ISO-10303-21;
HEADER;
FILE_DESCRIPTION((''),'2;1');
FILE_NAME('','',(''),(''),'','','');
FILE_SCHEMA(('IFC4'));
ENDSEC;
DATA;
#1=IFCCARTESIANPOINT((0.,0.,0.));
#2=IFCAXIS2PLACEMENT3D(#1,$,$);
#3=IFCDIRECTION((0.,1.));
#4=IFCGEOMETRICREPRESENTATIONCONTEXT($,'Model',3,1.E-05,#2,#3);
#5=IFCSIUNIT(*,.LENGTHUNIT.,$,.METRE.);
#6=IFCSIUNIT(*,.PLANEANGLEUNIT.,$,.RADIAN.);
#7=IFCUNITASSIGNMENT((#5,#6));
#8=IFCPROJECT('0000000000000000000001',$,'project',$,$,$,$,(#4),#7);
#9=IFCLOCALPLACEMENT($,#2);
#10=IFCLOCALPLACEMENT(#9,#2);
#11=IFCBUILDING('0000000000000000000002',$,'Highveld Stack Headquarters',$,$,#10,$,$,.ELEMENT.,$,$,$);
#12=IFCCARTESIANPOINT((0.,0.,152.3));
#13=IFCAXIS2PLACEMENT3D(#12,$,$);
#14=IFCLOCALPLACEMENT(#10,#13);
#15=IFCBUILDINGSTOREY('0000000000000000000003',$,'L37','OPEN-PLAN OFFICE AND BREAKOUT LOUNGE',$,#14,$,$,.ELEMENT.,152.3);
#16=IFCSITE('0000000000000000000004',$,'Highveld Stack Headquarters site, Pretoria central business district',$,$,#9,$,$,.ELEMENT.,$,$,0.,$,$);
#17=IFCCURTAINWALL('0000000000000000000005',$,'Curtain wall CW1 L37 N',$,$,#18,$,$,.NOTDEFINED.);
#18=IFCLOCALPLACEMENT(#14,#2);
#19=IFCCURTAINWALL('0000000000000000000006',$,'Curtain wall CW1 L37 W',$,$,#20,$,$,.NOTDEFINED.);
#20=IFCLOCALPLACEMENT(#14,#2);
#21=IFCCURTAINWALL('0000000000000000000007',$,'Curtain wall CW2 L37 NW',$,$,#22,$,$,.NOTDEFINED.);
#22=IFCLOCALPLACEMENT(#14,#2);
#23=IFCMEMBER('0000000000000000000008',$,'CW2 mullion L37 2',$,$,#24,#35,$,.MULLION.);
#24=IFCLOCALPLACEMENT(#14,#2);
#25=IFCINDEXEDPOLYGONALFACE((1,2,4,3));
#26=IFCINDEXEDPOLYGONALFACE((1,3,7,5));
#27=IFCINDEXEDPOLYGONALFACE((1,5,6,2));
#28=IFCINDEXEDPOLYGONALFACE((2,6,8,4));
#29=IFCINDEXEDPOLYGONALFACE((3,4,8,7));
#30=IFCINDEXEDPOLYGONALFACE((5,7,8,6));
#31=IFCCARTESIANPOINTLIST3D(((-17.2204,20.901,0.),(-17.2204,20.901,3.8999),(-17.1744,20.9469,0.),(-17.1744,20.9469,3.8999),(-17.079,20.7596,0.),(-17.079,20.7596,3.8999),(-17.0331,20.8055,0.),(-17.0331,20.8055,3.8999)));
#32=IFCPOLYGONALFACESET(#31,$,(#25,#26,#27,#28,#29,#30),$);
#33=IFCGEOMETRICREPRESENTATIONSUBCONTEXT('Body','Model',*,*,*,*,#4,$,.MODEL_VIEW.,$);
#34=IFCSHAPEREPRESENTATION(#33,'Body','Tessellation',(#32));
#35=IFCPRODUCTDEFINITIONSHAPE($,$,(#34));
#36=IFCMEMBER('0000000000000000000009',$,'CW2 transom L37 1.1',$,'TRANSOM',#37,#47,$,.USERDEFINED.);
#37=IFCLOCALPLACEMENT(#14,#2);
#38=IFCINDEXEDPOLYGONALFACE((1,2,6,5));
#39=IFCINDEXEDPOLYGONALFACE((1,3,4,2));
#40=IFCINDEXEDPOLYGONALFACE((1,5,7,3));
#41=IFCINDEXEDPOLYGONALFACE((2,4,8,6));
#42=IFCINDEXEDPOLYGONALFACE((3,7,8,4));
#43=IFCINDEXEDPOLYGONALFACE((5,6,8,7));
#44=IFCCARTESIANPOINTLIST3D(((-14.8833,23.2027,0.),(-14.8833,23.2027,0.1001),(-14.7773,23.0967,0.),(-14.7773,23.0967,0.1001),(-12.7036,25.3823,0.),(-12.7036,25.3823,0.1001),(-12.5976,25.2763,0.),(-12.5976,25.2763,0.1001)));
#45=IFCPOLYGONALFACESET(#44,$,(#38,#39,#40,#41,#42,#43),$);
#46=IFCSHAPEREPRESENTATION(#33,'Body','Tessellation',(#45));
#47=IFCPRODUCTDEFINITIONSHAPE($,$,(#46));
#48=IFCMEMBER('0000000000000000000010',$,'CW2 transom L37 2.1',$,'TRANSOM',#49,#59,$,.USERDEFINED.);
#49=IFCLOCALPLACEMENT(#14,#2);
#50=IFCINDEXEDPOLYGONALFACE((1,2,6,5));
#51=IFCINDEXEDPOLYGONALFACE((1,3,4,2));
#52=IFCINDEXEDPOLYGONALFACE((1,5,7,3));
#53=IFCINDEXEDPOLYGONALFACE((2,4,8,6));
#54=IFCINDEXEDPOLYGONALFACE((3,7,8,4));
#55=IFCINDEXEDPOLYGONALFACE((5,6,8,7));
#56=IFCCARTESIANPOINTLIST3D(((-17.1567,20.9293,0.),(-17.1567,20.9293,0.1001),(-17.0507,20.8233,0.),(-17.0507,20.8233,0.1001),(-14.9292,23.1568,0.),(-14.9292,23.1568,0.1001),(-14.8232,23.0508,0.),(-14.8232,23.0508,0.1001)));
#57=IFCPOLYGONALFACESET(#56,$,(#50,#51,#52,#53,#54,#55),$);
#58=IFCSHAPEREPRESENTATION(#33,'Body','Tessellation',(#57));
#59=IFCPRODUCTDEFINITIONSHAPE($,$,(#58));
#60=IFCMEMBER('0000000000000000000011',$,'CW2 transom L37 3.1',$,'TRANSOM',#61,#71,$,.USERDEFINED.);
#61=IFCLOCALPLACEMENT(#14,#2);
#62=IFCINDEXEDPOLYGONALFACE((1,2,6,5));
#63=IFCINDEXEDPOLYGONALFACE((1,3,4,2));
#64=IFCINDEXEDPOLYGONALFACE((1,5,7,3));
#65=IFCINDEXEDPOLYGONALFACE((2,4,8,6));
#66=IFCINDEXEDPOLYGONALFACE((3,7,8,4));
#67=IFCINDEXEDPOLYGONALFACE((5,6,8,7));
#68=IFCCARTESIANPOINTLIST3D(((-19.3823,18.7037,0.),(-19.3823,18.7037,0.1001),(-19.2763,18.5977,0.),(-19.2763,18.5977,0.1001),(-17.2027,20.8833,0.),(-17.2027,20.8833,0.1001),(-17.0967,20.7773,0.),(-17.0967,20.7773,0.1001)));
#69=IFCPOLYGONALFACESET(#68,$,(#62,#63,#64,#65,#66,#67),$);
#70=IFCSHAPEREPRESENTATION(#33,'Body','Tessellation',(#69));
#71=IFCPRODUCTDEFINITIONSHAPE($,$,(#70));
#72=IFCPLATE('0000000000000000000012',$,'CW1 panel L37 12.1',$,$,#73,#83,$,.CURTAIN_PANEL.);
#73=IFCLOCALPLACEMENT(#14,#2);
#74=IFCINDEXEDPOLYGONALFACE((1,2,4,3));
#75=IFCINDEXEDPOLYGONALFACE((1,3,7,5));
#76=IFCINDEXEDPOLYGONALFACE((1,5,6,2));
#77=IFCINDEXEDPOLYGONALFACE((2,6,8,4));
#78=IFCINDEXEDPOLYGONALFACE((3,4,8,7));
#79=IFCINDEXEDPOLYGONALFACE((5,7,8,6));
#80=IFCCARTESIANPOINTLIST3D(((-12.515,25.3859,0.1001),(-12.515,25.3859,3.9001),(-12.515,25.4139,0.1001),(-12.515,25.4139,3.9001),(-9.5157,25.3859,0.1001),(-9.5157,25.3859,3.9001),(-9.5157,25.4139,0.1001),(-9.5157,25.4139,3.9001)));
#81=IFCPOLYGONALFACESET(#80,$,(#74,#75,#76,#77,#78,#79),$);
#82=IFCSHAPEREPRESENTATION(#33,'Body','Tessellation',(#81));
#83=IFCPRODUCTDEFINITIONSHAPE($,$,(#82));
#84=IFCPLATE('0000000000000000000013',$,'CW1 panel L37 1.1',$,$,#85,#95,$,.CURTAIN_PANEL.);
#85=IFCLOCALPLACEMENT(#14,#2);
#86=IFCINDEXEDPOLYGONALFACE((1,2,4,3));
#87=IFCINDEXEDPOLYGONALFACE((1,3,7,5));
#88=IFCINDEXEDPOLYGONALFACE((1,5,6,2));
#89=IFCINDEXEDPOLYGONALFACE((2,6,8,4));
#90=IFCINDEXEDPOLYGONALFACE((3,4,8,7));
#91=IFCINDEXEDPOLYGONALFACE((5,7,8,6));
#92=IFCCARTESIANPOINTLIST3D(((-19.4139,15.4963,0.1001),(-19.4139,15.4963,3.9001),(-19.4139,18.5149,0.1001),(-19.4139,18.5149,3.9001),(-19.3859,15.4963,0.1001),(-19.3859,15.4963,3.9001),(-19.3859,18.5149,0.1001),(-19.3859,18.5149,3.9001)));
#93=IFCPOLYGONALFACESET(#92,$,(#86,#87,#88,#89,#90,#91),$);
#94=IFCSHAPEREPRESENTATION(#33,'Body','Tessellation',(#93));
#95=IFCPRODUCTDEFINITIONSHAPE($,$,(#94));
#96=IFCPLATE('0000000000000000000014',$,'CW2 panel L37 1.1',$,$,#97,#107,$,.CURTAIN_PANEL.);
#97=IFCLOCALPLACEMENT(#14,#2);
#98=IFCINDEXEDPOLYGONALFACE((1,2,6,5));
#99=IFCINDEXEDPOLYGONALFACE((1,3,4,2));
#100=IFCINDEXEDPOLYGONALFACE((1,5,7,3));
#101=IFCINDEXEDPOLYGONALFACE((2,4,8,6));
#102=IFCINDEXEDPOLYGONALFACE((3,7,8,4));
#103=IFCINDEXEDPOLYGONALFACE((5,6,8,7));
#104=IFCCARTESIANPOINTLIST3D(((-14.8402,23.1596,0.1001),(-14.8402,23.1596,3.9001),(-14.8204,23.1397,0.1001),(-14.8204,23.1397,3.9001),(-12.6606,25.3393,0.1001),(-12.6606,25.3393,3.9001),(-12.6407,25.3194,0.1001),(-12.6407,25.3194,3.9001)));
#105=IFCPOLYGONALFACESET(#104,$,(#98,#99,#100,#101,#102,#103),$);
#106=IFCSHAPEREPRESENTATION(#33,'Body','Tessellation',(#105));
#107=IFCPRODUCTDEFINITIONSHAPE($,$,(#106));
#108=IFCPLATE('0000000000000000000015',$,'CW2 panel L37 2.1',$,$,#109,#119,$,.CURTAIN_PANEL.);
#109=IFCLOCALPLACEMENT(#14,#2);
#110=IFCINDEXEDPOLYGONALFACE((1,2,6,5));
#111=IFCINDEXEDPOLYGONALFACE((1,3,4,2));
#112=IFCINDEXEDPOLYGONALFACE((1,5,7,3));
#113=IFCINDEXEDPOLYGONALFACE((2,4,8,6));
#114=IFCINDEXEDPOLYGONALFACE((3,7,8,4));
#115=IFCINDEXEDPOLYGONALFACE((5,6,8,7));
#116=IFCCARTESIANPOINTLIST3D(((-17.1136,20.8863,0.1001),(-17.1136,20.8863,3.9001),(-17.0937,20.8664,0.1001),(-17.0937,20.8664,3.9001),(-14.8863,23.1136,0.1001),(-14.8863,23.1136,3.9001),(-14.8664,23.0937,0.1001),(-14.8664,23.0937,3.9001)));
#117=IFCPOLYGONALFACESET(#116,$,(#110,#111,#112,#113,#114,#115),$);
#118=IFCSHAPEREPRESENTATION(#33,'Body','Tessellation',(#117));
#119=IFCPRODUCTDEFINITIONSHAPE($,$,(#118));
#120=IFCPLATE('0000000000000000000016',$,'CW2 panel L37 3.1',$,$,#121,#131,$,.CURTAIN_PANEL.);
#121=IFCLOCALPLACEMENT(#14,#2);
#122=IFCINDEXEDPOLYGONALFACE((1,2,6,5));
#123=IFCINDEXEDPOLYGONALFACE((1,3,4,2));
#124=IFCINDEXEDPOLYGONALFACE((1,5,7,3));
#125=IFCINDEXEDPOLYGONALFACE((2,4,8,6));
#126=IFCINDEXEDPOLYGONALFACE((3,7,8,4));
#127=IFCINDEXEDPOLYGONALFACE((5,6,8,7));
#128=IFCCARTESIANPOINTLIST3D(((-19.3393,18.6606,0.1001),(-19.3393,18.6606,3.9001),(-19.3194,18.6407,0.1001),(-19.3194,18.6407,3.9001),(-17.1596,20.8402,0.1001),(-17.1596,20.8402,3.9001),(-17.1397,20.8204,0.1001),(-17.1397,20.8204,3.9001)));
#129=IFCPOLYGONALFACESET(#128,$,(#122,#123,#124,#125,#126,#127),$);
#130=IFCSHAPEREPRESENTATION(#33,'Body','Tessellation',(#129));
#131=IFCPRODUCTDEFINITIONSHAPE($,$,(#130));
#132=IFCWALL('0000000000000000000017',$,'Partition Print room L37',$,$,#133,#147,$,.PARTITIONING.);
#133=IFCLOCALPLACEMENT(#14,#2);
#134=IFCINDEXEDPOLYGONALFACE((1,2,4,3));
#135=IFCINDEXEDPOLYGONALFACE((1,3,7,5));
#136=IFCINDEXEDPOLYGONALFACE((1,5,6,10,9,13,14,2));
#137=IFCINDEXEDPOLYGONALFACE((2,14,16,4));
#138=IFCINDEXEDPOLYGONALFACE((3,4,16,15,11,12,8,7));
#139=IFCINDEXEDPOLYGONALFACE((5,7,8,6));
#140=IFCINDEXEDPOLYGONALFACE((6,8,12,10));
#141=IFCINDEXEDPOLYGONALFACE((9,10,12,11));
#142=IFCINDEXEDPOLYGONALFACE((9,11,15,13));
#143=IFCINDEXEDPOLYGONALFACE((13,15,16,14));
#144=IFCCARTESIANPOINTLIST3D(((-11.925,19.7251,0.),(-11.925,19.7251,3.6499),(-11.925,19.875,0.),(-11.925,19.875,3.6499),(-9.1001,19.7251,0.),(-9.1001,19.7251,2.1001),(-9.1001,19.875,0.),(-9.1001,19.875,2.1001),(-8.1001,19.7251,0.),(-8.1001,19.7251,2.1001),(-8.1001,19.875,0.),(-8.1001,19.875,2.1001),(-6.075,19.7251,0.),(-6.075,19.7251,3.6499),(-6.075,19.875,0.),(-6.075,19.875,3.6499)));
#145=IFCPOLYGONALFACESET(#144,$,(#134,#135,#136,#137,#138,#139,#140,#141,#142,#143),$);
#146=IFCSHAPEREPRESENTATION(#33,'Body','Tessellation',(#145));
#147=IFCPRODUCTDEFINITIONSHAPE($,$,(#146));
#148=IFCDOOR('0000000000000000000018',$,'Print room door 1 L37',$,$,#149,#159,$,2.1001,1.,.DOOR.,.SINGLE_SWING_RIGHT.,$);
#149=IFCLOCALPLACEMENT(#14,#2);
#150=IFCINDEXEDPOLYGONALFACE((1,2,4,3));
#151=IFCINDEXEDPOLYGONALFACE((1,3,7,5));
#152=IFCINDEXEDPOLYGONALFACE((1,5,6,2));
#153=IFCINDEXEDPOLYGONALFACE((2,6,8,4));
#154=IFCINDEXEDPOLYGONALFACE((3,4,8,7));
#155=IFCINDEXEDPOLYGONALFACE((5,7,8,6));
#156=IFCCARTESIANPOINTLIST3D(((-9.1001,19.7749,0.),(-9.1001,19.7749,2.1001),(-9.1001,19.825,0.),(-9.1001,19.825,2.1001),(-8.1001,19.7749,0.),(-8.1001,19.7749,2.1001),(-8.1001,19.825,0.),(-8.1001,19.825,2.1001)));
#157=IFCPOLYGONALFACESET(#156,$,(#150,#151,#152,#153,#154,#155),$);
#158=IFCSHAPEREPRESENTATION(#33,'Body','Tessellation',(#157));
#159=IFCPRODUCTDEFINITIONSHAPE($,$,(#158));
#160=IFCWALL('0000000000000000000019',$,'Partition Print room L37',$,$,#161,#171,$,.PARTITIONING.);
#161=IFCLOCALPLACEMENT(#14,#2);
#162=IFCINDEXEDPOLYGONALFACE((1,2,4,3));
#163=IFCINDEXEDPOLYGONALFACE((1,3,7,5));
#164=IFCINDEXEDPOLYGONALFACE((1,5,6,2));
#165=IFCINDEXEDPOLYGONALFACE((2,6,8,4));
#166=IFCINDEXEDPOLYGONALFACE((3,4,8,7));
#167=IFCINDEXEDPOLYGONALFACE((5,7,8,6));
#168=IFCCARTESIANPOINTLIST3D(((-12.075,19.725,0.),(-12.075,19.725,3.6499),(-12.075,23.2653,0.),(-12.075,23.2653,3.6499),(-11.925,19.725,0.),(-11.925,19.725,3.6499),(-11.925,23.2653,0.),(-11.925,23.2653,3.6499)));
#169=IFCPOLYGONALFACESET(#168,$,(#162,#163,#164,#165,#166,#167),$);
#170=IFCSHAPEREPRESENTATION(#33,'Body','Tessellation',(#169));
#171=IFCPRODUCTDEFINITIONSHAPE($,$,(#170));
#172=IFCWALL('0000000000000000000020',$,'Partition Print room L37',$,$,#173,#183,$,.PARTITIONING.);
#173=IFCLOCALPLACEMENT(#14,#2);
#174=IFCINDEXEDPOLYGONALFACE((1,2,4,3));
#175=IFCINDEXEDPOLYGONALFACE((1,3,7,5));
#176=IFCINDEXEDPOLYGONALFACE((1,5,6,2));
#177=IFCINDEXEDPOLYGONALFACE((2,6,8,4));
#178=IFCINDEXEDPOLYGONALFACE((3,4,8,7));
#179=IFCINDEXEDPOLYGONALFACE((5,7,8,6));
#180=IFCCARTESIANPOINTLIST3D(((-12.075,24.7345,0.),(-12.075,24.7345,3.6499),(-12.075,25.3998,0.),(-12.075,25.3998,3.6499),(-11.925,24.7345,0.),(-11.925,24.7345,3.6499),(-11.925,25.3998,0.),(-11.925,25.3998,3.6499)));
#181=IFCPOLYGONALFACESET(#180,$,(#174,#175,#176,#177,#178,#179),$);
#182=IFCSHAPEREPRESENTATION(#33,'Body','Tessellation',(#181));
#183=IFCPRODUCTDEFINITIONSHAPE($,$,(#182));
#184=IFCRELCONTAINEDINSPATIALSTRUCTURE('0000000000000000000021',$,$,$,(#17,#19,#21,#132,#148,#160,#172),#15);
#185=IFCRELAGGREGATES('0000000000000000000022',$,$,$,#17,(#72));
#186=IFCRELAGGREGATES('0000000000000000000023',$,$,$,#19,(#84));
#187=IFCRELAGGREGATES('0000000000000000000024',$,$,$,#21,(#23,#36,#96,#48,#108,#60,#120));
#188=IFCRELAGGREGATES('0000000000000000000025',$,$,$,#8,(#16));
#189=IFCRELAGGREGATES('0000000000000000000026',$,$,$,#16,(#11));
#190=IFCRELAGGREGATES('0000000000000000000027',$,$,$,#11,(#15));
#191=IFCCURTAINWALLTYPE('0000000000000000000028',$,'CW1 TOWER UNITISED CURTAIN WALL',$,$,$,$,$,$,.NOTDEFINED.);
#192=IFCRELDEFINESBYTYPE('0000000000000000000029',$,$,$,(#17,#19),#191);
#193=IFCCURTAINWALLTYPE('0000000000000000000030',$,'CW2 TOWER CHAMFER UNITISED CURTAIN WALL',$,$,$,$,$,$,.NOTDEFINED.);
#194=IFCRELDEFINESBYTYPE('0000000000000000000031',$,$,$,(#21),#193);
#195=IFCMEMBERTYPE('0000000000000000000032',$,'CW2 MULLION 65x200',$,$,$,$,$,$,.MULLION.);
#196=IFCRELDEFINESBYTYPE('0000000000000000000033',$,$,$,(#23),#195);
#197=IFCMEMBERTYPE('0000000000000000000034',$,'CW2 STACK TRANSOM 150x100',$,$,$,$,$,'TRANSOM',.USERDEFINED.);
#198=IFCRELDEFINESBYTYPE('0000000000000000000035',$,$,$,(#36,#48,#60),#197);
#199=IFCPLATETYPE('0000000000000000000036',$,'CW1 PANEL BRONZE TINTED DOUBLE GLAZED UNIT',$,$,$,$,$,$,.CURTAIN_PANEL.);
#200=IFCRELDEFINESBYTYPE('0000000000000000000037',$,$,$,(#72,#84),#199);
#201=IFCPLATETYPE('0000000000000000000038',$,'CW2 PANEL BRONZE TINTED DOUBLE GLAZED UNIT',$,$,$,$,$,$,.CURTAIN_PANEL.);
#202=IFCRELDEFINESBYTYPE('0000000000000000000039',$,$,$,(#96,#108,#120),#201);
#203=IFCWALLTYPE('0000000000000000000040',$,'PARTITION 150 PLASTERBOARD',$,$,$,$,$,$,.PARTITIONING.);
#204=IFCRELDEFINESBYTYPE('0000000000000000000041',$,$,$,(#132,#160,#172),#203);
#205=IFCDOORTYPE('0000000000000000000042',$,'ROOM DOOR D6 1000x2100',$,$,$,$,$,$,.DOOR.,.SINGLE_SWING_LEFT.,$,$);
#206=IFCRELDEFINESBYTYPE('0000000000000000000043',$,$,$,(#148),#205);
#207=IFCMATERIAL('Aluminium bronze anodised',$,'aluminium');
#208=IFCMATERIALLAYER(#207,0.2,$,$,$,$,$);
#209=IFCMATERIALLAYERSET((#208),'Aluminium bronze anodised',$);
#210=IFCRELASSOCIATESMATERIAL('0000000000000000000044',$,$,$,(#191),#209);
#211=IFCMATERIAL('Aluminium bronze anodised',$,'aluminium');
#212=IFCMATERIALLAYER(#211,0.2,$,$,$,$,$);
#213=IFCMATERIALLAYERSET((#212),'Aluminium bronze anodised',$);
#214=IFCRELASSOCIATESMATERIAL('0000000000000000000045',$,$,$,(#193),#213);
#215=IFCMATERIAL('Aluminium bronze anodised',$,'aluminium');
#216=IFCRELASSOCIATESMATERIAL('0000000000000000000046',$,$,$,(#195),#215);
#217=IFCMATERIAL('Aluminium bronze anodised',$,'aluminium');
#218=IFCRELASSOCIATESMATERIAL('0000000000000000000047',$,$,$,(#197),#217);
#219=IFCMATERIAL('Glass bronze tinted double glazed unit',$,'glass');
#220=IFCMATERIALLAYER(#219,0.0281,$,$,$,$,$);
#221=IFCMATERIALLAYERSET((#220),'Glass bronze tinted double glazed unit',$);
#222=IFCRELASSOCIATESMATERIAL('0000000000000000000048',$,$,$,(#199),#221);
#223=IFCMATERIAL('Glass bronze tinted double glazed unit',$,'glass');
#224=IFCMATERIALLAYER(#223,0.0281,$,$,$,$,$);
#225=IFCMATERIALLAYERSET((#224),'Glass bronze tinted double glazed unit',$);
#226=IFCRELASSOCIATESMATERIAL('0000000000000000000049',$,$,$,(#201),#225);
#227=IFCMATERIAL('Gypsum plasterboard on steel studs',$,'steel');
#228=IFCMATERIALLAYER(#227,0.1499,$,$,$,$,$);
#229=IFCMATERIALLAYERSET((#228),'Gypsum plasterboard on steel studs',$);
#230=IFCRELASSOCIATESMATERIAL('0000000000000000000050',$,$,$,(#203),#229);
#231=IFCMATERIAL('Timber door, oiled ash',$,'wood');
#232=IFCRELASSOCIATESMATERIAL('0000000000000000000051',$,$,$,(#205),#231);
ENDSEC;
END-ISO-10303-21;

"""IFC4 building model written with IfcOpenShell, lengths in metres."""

from ifc_helpers import new_model, si_unit, direction, frame, frame_2d, origin, origin_2d, place, context, subcontext, project, spatial, rectangle, extrude, material, layer, layer_set, material_profile, profile_set, type_object, element, fill, aggregate, save


model = new_model("IFC4")

# Units and contexts
model_context = context("Model", 3, precision=1e-05, world=origin(), true_north=direction((0.0, 1.0)))
body_context = subcontext(model_context, "Body", "Model", "MODEL_VIEW")
ifc_project = project(units=[si_unit("LENGTHUNIT", "METRE"), si_unit("PLANEANGLEUNIT", "RADIAN")], contexts=[model_context])

# Site, building, storey
site_placement = place(None, origin())
site = spatial("IfcSite", under=ifc_project, at=site_placement, Name="Highveld Stack Headquarters site, Pretoria central business district", CompositionType="ELEMENT", RefElevation=0.0)
building_placement = place(site_placement, origin())
building = spatial("IfcBuilding", under=site, at=building_placement, Name="Highveld Stack Headquarters", CompositionType="ELEMENT")
storey_placement = place(building_placement, frame((0.0, 0.0, 152.3)))
storey = spatial("IfcBuildingStorey", under=building, at=storey_placement, Name="L37", Description="OPEN-PLAN OFFICE AND BREAKOUT LOUNGE", CompositionType="ELEMENT", Elevation=152.3)

# Curtain walls
ifc_material_1 = material(Name="Aluminium bronze anodised", Category="aluminium")
ifc_layer_1 = layer(ifc_material_1, 0.2)
ifc_layer_set_1 = layer_set([ifc_layer_1], Name="Aluminium bronze anodised")
curtain_wall_type_1 = type_object("IfcCurtainWallType", Name="CW1 TOWER UNITISED CURTAIN WALL", PredefinedType="NOTDEFINED", material=ifc_layer_set_1)
curtain_wall_1_placement = place(storey_placement, origin())
curtain_wall_1 = element("IfcCurtainWall", 1, at=curtain_wall_1_placement, inside=storey, type_object=curtain_wall_type_1, Name="Curtain wall CW1 L37 N", PredefinedType="NOTDEFINED")
curtain_wall_2_placement = place(storey_placement, origin())
curtain_wall_2 = element("IfcCurtainWall", 2, at=curtain_wall_2_placement, inside=storey, type_object=curtain_wall_type_1, Name="Curtain wall CW1 L37 W", PredefinedType="NOTDEFINED")

# Curtain wall, members
ifc_material_2 = material(Name="Aluminium bronze anodised", Category="aluminium")
ifc_layer_2 = layer(ifc_material_2, 0.2)
ifc_layer_set_2 = layer_set([ifc_layer_2], Name="Aluminium bronze anodised")
curtain_wall_type_2 = type_object("IfcCurtainWallType", Name="CW2 TOWER CHAMFER UNITISED CURTAIN WALL", PredefinedType="NOTDEFINED", material=ifc_layer_set_2)
curtain_wall_3_placement = place(storey_placement, origin())
curtain_wall_3 = element("IfcCurtainWall", 3, at=curtain_wall_3_placement, inside=storey, type_object=curtain_wall_type_2, Name="Curtain wall CW2 L37 NW", PredefinedType="NOTDEFINED")
ifc_material_3 = material(Name="Aluminium bronze anodised", Category="aluminium")
ifc_material_profile_1 = material_profile(ifc_material_3, rectangle(XDim=0.2, YDim=0.0649, at=origin_2d()), Name="CW2 MULLION 65x200")
ifc_profile_set_1 = profile_set([ifc_material_profile_1], Name="Aluminium bronze anodised")
member_type_1 = type_object("IfcMemberType", Name="CW2 MULLION 65x200", PredefinedType="MULLION", material=ifc_profile_set_1)
member_1_placement = place(storey_placement, frame((-17.1267, 20.8533, 0.0), z_axis=(0.0, 0.0, 1.0), x_axis=(0.707107, -0.707107, 0.0)))
member_1 = element("IfcMember", 4, at=member_1_placement, type_object=member_type_1, Name="CW2 mullion L37 2", PredefinedType="MULLION", context=body_context, shape_type="SweptSolid", body=[
    extrude(rectangle(XDim=0.2, YDim=0.0649, at=origin_2d()), origin(), (0.0, 0.0, 1.0), 3.8999),
])
ifc_material_4 = material(Name="Aluminium bronze anodised", Category="aluminium")
ifc_material_profile_2 = material_profile(ifc_material_4, rectangle(XDim=0.1499, YDim=0.1001, at=origin_2d()), Name="CW2 TRANSOM 150x100")
ifc_profile_set_2 = profile_set([ifc_material_profile_2], Name="Aluminium bronze anodised")
member_type_2 = type_object("IfcMemberType", Name="CW2 STACK TRANSOM 150x100", ElementType="TRANSOM", PredefinedType="USERDEFINED", material=ifc_profile_set_2)
member_2_placement = place(storey_placement, frame((-12.6506, 25.3293, 0.05), z_axis=(-0.707107, -0.707107, 0.0), x_axis=(0.707107, -0.707107, 0.0)))
member_2 = element("IfcMember", 5, at=member_2_placement, type_object=member_type_2, Name="CW2 transom L37 1.1", ObjectType="TRANSOM", PredefinedType="USERDEFINED", context=body_context, shape_type="SweptSolid", body=[
    extrude(rectangle(XDim=0.1499, YDim=0.1001, at=origin_2d()), origin(), (0.0, 0.0, 1.0), 3.0825),
])
member_3_placement = place(storey_placement, frame((-14.8762, 23.1038, 0.05), z_axis=(-0.707107, -0.707107, 0.0), x_axis=(0.707107, -0.707107, 0.0)))
member_3 = element("IfcMember", 6, at=member_3_placement, type_object=member_type_2, Name="CW2 transom L37 2.1", ObjectType="TRANSOM", PredefinedType="USERDEFINED", context=body_context, shape_type="SweptSolid", body=[
    extrude(rectangle(XDim=0.1499, YDim=0.1001, at=origin_2d()), origin(), (0.0, 0.0, 1.0), 3.1501),
])
member_4_placement = place(storey_placement, frame((-17.1497, 20.8303, 0.05), z_axis=(-0.707107, -0.707107, 0.0), x_axis=(0.707107, -0.707107, 0.0)))
member_4 = element("IfcMember", 7, at=member_4_placement, type_object=member_type_2, Name="CW2 transom L37 3.1", ObjectType="TRANSOM", PredefinedType="USERDEFINED", context=body_context, shape_type="SweptSolid", body=[
    extrude(rectangle(XDim=0.1499, YDim=0.1001, at=origin_2d()), origin(), (0.0, 0.0, 1.0), 3.0825),
])

# Plates
ifc_material_5 = material(Name="Glass bronze tinted double glazed unit", Category="glass")
ifc_layer_3 = layer(ifc_material_5, 0.0281)
ifc_layer_set_3 = layer_set([ifc_layer_3], Name="Glass bronze tinted double glazed unit")
plate_type_1 = type_object("IfcPlateType", Name="CW1 PANEL BRONZE TINTED DOUBLE GLAZED UNIT", PredefinedType="CURTAIN_PANEL", material=ifc_layer_set_3)
plate_1_placement = place(storey_placement, frame((-11.0154, 25.3999, 0.1001), z_axis=(0.0, 0.0, 1.0), x_axis=(-1.0, 0.0, 0.0)))
plate_1 = element("IfcPlate", 8, at=plate_1_placement, type_object=plate_type_1, Name="CW1 panel L37 12.1", PredefinedType="CURTAIN_PANEL", context=body_context, shape_type="SweptSolid", body=[
    extrude(rectangle(XDim=2.9993, YDim=0.0281, at=origin_2d()), origin(), (0.0, 0.0, 1.0), 3.8),
])
aggregate(curtain_wall_1, [plate_1])
plate_2_placement = place(storey_placement, frame((-19.3999, 17.0056, 0.1001), z_axis=(0.0, 0.0, 1.0), x_axis=(0.0, -1.0, 0.0)))
plate_2 = element("IfcPlate", 9, at=plate_2_placement, type_object=plate_type_1, Name="CW1 panel L37 1.1", PredefinedType="CURTAIN_PANEL", context=body_context, shape_type="SweptSolid", body=[
    extrude(rectangle(XDim=3.0186, YDim=0.0281, at=origin_2d()), origin(), (0.0, 0.0, 1.0), 3.8),
])
aggregate(curtain_wall_2, [plate_2])
ifc_material_6 = material(Name="Glass bronze tinted double glazed unit", Category="glass")
ifc_layer_4 = layer(ifc_material_6, 0.0281)
ifc_layer_set_4 = layer_set([ifc_layer_4], Name="Glass bronze tinted double glazed unit")
plate_type_2 = type_object("IfcPlateType", Name="CW2 PANEL BRONZE TINTED DOUBLE GLAZED UNIT", PredefinedType="CURTAIN_PANEL", material=ifc_layer_set_4)
plate_3_placement = place(storey_placement, frame((-13.7405, 24.2395, 0.1001), z_axis=(0.0, 0.0, 1.0), x_axis=(-0.707107, -0.707107, 0.0)))
plate_3 = element("IfcPlate", 10, at=plate_3_placement, type_object=plate_type_2, Name="CW2 panel L37 1.1", PredefinedType="CURTAIN_PANEL", context=body_context, shape_type="SweptSolid", body=[
    extrude(rectangle(XDim=3.0825, YDim=0.0281, at=origin_2d()), origin(), (0.0, 0.0, 1.0), 3.8),
])
plate_4_placement = place(storey_placement, frame((-15.99, 21.99, 0.1001), z_axis=(0.0, 0.0, 1.0), x_axis=(-0.707107, -0.707107, 0.0)))
plate_4 = element("IfcPlate", 11, at=plate_4_placement, type_object=plate_type_2, Name="CW2 panel L37 2.1", PredefinedType="CURTAIN_PANEL", context=body_context, shape_type="SweptSolid", body=[
    extrude(rectangle(XDim=3.1499, YDim=0.0281, at=origin_2d()), origin(), (0.0, 0.0, 1.0), 3.8),
])
plate_5_placement = place(storey_placement, frame((-18.2395, 19.7405, 0.1001), z_axis=(0.0, 0.0, 1.0), x_axis=(-0.707107, -0.707107, 0.0)))
plate_5 = element("IfcPlate", 12, at=plate_5_placement, type_object=plate_type_2, Name="CW2 panel L37 3.1", PredefinedType="CURTAIN_PANEL", context=body_context, shape_type="SweptSolid", body=[
    extrude(rectangle(XDim=3.0825, YDim=0.0281, at=origin_2d()), origin(), (0.0, 0.0, 1.0), 3.8),
])
aggregate(curtain_wall_3, [member_1, member_2, plate_3, member_3, plate_4, member_4, plate_5])

# Wall, opening, door
ifc_material_7 = material(Name="Gypsum plasterboard on steel studs", Category="steel")
ifc_layer_5 = layer(ifc_material_7, 0.1499)
ifc_layer_set_5 = layer_set([ifc_layer_5], Name="Gypsum plasterboard on steel studs")
wall_type = type_object("IfcWallType", Name="PARTITION 150 PLASTERBOARD", PredefinedType="PARTITIONING", material=ifc_layer_set_5)
wall_1_placement = place(storey_placement, frame((-11.925, 19.8, 0.0), z_axis=(0.0, 0.0, 1.0), x_axis=(1.0, 0.0, 0.0)))
wall_1 = element("IfcWall", 13, at=wall_1_placement, inside=storey, type_object=wall_type, Name="Partition Print room L37", PredefinedType="PARTITIONING", context=body_context, shape_type="SweptSolid", body=[
    extrude(rectangle(XDim=5.8501, YDim=0.1499, at=frame_2d((2.925, 0.0))), origin(), (0.0, 0.0, 1.0), 3.6499),
])
opening_placement = place(wall_1_placement, frame((2.825, 0.0, 0.0)))
opening = element("IfcOpeningElement", 14, at=opening_placement, cuts=wall_1, PredefinedType="OPENING", context=body_context, shape_type="SweptSolid", body=[
    extrude(rectangle(XDim=1.0, YDim=2.1001, at=frame_2d((0.5, 1.05))), frame((0.0, 0.085, 0.0), z_axis=(0.0, -1.0, 0.0), x_axis=(1.0, 0.0, 0.0)), (0.0, 0.0, 1.0), 0.1699),
])
ifc_material_8 = material(Name="Timber door, oiled ash", Category="wood")
door_type = type_object("IfcDoorType", Name="ROOM DOOR D6 1000x2100", OperationType="SINGLE_SWING_LEFT", PredefinedType="DOOR", material=ifc_material_8)
door_placement = place(opening_placement, origin())
door = element("IfcDoor", 15, at=door_placement, inside=storey, type_object=door_type, Name="Print room door 1 L37", OperationType="SINGLE_SWING_RIGHT", OverallHeight=2.1001, OverallWidth=1.0, PredefinedType="DOOR", context=body_context, shape_type="SweptSolid", body=[
    extrude(rectangle(XDim=1.0, YDim=2.1001, at=frame_2d((0.5, 1.05))), frame((0.0, 0.0249, 0.0), z_axis=(0.0, -1.0, 0.0), x_axis=(1.0, 0.0, 0.0)), (0.0, 0.0, 1.0), 0.05),
])
fill(opening, door)

# Walls
wall_2_placement = place(storey_placement, frame((-12.0, 19.7251, 0.0), z_axis=(0.0, 0.0, 1.0), x_axis=(0.0, 1.0, 0.0)))
element("IfcWall", 16, at=wall_2_placement, inside=storey, type_object=wall_type, Name="Partition Print room L37", PredefinedType="PARTITIONING", context=body_context, shape_type="SweptSolid", body=[
    extrude(rectangle(XDim=3.5403, YDim=0.1499, at=frame_2d((1.77, 0.0))), origin(), (0.0, 0.0, 1.0), 3.6499),
])
wall_3_placement = place(storey_placement, frame((-12.0, 24.7346, 0.0), z_axis=(0.0, 0.0, 1.0), x_axis=(0.0, 1.0, 0.0)))
element("IfcWall", 17, at=wall_3_placement, inside=storey, type_object=wall_type, Name="Partition Print room L37", PredefinedType="PARTITIONING", context=body_context, shape_type="SweptSolid", body=[
    extrude(rectangle(XDim=0.6653, YDim=0.1499, at=frame_2d((0.3325, 0.0))), origin(), (0.0, 0.0, 1.0), 3.6499),
])

save(model, "model.ifc")
